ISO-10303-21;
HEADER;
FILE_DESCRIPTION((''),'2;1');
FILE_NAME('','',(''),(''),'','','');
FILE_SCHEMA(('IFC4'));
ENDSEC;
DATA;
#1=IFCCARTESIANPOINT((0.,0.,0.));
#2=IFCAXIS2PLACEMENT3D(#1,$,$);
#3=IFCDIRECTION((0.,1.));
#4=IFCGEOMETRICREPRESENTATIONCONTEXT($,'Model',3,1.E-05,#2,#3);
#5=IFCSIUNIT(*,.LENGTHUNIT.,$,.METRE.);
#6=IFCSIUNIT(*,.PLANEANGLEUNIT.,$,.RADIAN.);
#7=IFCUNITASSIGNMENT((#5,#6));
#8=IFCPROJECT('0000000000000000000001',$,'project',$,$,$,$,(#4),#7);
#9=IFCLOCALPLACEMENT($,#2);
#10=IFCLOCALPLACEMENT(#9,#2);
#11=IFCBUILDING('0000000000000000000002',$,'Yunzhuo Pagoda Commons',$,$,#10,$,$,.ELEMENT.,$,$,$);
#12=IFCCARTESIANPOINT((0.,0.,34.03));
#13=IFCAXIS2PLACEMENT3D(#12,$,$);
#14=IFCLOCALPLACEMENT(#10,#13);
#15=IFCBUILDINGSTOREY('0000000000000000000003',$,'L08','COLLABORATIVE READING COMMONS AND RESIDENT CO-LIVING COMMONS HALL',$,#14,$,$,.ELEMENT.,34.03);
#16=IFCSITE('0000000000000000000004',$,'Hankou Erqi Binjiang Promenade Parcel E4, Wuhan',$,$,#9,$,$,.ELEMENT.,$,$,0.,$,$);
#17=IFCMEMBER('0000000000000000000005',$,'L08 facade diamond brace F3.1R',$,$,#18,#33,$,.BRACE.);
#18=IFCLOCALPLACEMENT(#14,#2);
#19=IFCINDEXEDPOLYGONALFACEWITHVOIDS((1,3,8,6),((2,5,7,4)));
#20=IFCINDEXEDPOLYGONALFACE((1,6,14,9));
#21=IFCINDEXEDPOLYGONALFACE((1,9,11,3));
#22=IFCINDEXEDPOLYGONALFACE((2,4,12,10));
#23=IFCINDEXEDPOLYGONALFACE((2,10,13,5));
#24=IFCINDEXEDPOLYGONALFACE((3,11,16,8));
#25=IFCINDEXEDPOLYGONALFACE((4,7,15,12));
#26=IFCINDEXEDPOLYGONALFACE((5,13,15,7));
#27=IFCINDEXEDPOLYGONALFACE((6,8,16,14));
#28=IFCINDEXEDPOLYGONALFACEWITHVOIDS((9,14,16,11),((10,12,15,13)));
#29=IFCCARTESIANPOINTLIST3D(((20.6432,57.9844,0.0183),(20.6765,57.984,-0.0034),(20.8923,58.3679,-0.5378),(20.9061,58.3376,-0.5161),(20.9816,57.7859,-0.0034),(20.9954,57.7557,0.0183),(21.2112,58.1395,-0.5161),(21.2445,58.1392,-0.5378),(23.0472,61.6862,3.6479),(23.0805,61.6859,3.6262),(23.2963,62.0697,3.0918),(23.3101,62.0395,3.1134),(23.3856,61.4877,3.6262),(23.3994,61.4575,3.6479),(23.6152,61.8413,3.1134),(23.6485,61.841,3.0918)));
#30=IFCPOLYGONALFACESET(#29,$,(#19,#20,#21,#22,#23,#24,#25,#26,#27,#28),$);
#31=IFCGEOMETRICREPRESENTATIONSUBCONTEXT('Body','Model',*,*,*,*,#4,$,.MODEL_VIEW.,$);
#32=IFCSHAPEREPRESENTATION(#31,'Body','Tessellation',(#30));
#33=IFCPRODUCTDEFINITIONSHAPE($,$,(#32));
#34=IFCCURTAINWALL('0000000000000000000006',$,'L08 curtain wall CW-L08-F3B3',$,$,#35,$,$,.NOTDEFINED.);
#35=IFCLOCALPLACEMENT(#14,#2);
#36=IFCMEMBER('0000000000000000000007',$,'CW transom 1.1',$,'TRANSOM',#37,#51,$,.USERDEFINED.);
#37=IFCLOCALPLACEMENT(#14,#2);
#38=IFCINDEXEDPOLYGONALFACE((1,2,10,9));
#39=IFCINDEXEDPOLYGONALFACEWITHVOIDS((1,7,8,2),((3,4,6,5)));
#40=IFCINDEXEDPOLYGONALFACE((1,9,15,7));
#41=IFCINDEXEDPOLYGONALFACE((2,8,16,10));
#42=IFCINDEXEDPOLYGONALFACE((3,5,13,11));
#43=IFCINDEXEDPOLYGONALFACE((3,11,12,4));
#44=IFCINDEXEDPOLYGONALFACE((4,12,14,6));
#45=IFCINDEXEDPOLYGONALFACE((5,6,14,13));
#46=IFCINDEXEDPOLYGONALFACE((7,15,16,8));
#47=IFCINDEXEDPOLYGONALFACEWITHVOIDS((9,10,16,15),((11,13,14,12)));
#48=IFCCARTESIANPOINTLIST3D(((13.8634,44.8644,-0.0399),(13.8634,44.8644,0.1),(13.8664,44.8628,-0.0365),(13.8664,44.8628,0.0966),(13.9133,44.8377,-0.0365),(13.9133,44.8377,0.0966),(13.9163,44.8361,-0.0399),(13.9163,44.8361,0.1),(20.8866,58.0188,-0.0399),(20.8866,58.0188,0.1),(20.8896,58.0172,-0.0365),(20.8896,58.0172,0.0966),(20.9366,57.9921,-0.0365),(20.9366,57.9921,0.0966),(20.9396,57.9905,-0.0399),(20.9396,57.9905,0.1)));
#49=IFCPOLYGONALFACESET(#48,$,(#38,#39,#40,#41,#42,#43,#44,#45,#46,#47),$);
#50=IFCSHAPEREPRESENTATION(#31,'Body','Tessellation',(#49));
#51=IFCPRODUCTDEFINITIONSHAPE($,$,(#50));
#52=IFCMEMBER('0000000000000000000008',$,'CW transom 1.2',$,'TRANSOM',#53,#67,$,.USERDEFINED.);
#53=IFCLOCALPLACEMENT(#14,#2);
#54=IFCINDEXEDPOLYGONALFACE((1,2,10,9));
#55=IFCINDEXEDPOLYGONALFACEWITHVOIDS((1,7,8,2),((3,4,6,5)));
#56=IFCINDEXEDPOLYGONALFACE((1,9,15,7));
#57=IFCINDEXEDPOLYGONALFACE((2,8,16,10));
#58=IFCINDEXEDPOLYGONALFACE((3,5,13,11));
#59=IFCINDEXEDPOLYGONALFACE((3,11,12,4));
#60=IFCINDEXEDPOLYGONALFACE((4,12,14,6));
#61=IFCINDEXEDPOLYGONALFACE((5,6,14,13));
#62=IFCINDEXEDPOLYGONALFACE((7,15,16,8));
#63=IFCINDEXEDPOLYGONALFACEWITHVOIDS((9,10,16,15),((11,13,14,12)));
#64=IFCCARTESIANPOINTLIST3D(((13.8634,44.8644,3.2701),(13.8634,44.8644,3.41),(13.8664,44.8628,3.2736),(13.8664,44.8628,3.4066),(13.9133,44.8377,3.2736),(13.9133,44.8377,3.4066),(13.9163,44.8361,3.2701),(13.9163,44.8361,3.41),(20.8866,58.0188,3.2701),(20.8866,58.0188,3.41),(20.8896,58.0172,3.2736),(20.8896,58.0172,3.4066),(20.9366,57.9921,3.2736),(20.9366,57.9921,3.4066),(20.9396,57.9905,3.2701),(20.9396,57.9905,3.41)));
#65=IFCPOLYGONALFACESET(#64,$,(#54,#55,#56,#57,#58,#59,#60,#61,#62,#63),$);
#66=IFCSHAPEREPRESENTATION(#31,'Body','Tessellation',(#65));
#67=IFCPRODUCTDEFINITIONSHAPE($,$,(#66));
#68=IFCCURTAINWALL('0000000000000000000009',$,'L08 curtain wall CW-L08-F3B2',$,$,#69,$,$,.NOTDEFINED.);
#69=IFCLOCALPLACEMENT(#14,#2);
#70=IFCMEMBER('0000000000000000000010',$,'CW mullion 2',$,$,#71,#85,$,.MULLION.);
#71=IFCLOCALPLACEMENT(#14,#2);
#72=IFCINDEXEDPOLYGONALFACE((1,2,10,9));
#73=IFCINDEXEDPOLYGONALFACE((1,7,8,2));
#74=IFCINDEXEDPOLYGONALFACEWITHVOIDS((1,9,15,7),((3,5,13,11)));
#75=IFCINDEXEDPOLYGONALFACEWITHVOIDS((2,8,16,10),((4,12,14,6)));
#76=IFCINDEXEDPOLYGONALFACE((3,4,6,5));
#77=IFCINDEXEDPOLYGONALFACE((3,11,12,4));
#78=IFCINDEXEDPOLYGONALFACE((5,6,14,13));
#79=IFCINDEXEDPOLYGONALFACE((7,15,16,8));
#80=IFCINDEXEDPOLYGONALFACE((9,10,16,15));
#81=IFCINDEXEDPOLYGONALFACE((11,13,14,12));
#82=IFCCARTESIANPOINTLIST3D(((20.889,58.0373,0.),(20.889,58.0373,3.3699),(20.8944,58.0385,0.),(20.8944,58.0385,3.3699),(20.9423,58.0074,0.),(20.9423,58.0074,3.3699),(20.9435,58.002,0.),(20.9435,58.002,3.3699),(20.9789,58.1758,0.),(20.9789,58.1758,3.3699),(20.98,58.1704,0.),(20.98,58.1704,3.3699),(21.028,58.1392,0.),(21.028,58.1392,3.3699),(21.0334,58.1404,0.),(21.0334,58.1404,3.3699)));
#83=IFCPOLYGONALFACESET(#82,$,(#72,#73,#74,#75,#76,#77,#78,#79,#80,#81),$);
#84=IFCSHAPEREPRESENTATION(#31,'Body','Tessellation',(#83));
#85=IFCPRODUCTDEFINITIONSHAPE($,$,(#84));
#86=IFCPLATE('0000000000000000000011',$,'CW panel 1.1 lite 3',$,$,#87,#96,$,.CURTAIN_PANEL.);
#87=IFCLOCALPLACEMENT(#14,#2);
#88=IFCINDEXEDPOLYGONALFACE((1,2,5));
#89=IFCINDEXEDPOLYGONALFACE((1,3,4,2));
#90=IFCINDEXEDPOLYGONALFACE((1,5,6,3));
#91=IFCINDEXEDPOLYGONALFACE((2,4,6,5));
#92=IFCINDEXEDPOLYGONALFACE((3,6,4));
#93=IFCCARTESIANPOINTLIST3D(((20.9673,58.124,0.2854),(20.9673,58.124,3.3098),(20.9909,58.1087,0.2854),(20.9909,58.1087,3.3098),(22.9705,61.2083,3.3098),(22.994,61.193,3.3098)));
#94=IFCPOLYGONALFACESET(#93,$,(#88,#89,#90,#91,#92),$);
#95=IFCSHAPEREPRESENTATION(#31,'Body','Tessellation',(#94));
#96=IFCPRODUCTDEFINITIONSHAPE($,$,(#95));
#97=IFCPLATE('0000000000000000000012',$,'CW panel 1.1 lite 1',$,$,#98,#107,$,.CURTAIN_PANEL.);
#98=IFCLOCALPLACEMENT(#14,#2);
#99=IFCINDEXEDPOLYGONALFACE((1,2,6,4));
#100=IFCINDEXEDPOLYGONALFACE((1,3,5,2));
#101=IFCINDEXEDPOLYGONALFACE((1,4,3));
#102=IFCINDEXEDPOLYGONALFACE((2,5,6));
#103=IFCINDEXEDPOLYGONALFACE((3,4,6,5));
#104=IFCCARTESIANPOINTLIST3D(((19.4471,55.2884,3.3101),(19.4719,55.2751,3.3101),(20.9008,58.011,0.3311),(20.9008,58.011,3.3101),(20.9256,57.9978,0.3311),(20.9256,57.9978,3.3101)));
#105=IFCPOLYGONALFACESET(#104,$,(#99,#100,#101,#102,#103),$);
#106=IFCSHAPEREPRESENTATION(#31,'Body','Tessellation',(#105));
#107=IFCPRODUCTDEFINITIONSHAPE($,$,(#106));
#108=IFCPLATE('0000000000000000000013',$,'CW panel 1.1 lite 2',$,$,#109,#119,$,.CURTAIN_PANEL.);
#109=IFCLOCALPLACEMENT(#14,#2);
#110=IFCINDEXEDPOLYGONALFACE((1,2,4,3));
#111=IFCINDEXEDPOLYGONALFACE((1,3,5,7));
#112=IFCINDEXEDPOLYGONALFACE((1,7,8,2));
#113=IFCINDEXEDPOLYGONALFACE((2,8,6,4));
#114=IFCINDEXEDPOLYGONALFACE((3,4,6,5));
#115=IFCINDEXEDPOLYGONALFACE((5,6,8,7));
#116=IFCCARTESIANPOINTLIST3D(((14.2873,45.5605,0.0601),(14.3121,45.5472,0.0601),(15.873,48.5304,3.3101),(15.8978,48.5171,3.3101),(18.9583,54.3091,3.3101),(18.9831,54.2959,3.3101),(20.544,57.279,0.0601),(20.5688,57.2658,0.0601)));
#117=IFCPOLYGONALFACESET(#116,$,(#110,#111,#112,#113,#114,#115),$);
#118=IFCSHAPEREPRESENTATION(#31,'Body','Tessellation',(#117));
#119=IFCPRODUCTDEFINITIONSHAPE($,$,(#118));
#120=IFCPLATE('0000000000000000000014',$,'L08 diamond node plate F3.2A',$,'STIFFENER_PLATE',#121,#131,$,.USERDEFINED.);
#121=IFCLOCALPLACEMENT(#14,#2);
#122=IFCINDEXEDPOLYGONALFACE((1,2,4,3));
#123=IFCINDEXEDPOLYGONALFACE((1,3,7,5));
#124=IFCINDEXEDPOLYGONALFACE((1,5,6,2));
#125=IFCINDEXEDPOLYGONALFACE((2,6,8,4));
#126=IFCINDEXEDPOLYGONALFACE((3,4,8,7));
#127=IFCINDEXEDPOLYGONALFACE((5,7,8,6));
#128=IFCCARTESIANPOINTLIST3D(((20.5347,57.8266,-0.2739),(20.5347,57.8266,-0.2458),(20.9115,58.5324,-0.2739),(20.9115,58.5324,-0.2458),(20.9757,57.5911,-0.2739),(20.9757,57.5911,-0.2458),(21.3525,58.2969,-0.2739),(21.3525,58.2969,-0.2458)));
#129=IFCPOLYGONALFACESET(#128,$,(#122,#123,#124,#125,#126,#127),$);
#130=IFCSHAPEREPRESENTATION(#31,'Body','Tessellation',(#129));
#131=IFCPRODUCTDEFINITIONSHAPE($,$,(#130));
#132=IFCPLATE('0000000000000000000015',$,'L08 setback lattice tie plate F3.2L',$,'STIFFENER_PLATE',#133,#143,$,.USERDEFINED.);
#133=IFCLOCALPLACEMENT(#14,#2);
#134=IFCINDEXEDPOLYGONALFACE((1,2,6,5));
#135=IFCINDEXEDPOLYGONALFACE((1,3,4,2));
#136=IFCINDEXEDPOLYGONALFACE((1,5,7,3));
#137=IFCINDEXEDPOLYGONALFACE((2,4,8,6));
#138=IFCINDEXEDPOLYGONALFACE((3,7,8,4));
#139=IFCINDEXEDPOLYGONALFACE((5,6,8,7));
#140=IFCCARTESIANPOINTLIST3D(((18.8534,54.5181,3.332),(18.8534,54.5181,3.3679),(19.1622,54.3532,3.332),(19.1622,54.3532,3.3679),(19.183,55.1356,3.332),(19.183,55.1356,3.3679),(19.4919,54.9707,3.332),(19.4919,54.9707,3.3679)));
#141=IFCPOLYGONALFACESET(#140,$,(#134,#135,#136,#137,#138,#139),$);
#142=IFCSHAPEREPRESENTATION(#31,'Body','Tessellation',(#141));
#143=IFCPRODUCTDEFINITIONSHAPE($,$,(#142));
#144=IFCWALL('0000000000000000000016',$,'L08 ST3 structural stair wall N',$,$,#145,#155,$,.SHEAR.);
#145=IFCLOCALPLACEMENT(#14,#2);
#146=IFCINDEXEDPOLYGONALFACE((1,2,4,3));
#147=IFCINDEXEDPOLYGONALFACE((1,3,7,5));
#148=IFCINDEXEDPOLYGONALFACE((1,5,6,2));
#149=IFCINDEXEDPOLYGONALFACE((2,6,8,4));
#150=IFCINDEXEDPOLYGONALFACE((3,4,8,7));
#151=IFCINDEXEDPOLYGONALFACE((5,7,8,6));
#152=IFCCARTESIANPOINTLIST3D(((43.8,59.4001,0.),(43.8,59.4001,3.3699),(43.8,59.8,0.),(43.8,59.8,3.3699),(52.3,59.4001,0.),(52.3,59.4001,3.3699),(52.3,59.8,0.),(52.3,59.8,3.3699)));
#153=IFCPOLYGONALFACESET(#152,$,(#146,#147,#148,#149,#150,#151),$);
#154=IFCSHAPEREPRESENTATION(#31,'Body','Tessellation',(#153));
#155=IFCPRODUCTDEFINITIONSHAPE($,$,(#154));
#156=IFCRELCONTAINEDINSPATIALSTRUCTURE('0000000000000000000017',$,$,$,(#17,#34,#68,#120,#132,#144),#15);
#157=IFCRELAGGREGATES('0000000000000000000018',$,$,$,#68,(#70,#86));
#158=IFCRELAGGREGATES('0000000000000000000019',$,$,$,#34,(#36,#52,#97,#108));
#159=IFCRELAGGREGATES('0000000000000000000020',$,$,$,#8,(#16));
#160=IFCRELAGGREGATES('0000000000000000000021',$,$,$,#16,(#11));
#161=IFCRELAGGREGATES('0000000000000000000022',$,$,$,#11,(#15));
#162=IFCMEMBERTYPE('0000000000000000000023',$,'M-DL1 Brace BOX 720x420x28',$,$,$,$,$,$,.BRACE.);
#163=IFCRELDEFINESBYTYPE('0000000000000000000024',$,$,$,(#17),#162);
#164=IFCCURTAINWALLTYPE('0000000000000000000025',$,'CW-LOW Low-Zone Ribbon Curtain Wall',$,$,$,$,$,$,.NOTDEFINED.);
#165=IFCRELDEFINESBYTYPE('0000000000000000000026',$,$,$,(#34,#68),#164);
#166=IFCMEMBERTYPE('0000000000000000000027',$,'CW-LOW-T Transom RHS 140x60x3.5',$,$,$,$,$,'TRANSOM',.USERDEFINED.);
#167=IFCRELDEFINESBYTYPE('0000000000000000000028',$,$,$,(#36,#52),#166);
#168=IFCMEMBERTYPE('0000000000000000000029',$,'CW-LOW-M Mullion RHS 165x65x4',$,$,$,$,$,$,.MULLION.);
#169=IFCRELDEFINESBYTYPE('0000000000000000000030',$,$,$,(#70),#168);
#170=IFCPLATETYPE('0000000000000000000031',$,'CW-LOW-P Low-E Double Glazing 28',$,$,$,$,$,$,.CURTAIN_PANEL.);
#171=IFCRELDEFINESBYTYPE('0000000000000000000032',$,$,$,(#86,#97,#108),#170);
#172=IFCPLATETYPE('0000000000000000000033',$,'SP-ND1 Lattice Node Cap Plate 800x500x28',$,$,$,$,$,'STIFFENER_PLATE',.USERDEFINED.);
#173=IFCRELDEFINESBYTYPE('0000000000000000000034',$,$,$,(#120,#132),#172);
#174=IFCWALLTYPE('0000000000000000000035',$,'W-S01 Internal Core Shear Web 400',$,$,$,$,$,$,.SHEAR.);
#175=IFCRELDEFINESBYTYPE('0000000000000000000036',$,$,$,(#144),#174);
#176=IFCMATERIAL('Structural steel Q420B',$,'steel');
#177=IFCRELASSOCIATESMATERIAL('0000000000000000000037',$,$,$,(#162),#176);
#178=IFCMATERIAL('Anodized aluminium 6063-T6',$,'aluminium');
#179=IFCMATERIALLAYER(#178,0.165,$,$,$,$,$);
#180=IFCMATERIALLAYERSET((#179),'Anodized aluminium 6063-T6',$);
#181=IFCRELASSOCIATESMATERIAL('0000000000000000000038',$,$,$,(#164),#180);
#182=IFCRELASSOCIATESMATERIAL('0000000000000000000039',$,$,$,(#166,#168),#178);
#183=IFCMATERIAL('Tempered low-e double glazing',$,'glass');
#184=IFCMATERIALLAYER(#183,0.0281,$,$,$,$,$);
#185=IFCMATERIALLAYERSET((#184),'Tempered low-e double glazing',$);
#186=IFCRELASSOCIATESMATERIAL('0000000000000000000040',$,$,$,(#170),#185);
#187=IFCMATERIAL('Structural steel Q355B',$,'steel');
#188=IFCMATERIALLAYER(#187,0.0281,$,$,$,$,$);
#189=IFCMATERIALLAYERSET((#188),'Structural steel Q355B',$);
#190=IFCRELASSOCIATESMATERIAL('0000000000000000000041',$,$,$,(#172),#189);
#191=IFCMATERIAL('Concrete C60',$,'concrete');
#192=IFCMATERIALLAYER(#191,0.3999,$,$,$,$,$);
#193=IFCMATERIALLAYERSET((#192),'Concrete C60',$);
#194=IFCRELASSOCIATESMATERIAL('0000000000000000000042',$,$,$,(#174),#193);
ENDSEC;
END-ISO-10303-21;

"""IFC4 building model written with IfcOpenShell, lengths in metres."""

from ifc_helpers import new_model, si_unit, direction, frame, frame_2d, origin, origin_2d, place, context, subcontext, project, spatial, polyline, rectangle, hollow_rectangle, outline, extrude, source, transform, mapped, material, layer, layer_set, material_profile, profile_set, type_object, element, aggregate, save


model = new_model("IFC4")

# Units and contexts
model_context = context("Model", 3, precision=1e-05, world=origin(), true_north=direction((0.0, 1.0)))
body_context = subcontext(model_context, "Body", "Model", "MODEL_VIEW")
ifc_project = project(units=[si_unit("LENGTHUNIT", "METRE"), si_unit("PLANEANGLEUNIT", "RADIAN")], contexts=[model_context])

# Site, building, storey
site_placement = place(None, origin())
site = spatial("IfcSite", under=ifc_project, at=site_placement, Name="Hankou Erqi Binjiang Promenade Parcel E4, Wuhan", CompositionType="ELEMENT", RefElevation=0.0)
building_placement = place(site_placement, origin())
building = spatial("IfcBuilding", under=site, at=building_placement, Name="Yunzhuo Pagoda Commons", CompositionType="ELEMENT")
storey_placement = place(building_placement, frame((0.0, 0.0, 34.03)))
storey = spatial("IfcBuildingStorey", under=building, at=storey_placement, Name="L08", Description="COLLABORATIVE READING COMMONS AND RESIDENT CO-LIVING COMMONS HALL", CompositionType="ELEMENT", Elevation=34.03)

# Shared definitions
ifc_material_1 = material(Name="Structural steel Q420B", Category="steel")

# Shared definitions
ifc_material_2 = material(Name="Structural steel Q355B", Category="steel")

# Member
ifc_material_profile_1 = material_profile(ifc_material_1, hollow_rectangle(XDim=0.4199, YDim=0.72, WallThickness=0.0281, at=origin_2d()), Name="Structural steel Q420B")
ifc_profile_set_1 = profile_set([ifc_material_profile_1], Name="Structural steel Q420B")
member_type_1 = type_object("IfcMemberType", Name="M-DL1 Brace BOX 720x420x28", PredefinedType="BRACE", material=ifc_profile_set_1)
shared_shape_1 = source(origin(), body_context, "Body", "SweptSolid", [
    extrude(hollow_rectangle(XDim=0.4199, YDim=0.72, WallThickness=0.0281, at=origin_2d()), origin(), (0.0, 0.0, 1.0), 5.7146),
])
member_1_placement = place(storey_placement, frame((20.9438, 58.0618, -0.2598), z_axis=(0.420678, 0.647786, 0.63514), x_axis=(-0.83867, 0.54464, 0.0)))
element("IfcMember", 1, at=member_1_placement, inside=storey, type_object=member_type_1, Name="L08 facade diamond brace F3.1R", PredefinedType="BRACE", context=body_context, shape_type="MappedRepresentation", body=[
    mapped(shared_shape_1, transform((0.0, 0.0, 0.0), scale=1.0)),
])

# Curtain wall, members
ifc_material_3 = material(Name="Anodized aluminium 6063-T6", Category="aluminium")
ifc_layer_1 = layer(ifc_material_3, 0.165)
ifc_layer_set_1 = layer_set([ifc_layer_1], Name="Anodized aluminium 6063-T6")
curtain_wall_type = type_object("IfcCurtainWallType", Name="CW-LOW Low-Zone Ribbon Curtain Wall", PredefinedType="NOTDEFINED", material=ifc_layer_set_1)
curtain_wall_1_placement = place(storey_placement, origin())
curtain_wall_1 = element("IfcCurtainWall", 2, at=curtain_wall_1_placement, inside=storey, type_object=curtain_wall_type, Name="L08 curtain wall CW-L08-F3B3", PredefinedType="NOTDEFINED")
ifc_material_profile_2 = material_profile(ifc_material_3, hollow_rectangle(XDim=0.0601, YDim=0.1399, WallThickness=0.0034, at=origin_2d()), Name="Anodized aluminium 6063-T6")
ifc_profile_set_2 = profile_set([ifc_material_profile_2], Name="Anodized aluminium 6063-T6")
member_type_2 = type_object("IfcMemberType", Name="CW-LOW-T Transom RHS 140x60x3.5", ElementType="TRANSOM", PredefinedType="USERDEFINED", material=ifc_profile_set_2)
shared_shape_2 = source(origin(), body_context, "Body", "SweptSolid", [
    extrude(hollow_rectangle(XDim=0.0601, YDim=0.1399, WallThickness=0.0034, at=origin_2d()), origin(), (0.0, 0.0, 1.0), 14.9119),
])
member_2_placement = place(storey_placement, frame((20.9131, 58.0046, 0.03), z_axis=(-0.470983, -0.882142, 0.0), x_axis=(0.882142, -0.470983, 0.0)))
member_2 = element("IfcMember", 3, at=member_2_placement, type_object=member_type_2, Name="CW transom 1.1", ObjectType="TRANSOM", PredefinedType="USERDEFINED", context=body_context, shape_type="MappedRepresentation", body=[
    mapped(shared_shape_2, transform((0.0, 0.0, 0.0), scale=1.0)),
])
member_3_placement = place(storey_placement, frame((20.9131, 58.0046, 3.3401), z_axis=(-0.470983, -0.882142, 0.0), x_axis=(0.882142, -0.470983, 0.0)))
member_3 = element("IfcMember", 4, at=member_3_placement, type_object=member_type_2, Name="CW transom 1.2", ObjectType="TRANSOM", PredefinedType="USERDEFINED", context=body_context, shape_type="MappedRepresentation", body=[
    mapped(shared_shape_2, transform((0.0, 0.0, 0.0), scale=1.0)),
])

# Curtain wall, member, plate
curtain_wall_2_placement = place(storey_placement, origin())
curtain_wall_2 = element("IfcCurtainWall", 5, at=curtain_wall_2_placement, inside=storey, type_object=curtain_wall_type, Name="L08 curtain wall CW-L08-F3B2", PredefinedType="NOTDEFINED")
ifc_material_profile_3 = material_profile(ifc_material_3, hollow_rectangle(XDim=0.0649, YDim=0.165, WallThickness=0.0039, at=origin_2d()), Name="Anodized aluminium 6063-T6")
ifc_profile_set_3 = profile_set([ifc_material_profile_3], Name="Anodized aluminium 6063-T6")
member_type_3 = type_object("IfcMemberType", Name="CW-LOW-M Mullion RHS 165x65x4", PredefinedType="MULLION", material=ifc_profile_set_3)
shared_shape_3 = source(origin(), body_context, "Body", "SweptSolid", [
    extrude(hollow_rectangle(XDim=0.0649, YDim=0.165, WallThickness=0.0039, at=origin_2d()), origin(), (0.0, 0.0, 1.0), 3.3699),
])
member_4_placement = place(storey_placement, frame((20.9612, 58.0889, 0.0), z_axis=(0.0, 0.0, 1.0), x_axis=(0.838652, -0.544667, 0.0)))
member_4 = element("IfcMember", 6, at=member_4_placement, type_object=member_type_3, Name="CW mullion 2", PredefinedType="MULLION", context=body_context, shape_type="MappedRepresentation", body=[
    mapped(shared_shape_3, transform((0.0, 0.0, 0.0), scale=1.0)),
])
ifc_material_4 = material(Name="Tempered low-e double glazing", Category="glass")
ifc_layer_2 = layer(ifc_material_4, 0.0281)
ifc_layer_set_2 = layer_set([ifc_layer_2], Name="Tempered low-e double glazing")
plate_type_1 = type_object("IfcPlateType", Name="CW-LOW-P Low-E Double Glazing 28", PredefinedType="CURTAIN_PANEL", material=ifc_layer_set_2)
plate_1_placement = place(storey_placement, frame((21.9924, 59.6509, 1.7976), z_axis=(-0.838652, 0.544667, 0.0), x_axis=(-0.544667, -0.838652, 0.0)))
plate_1 = element("IfcPlate", 7, at=plate_1_placement, type_object=plate_type_1, Name="CW panel 1.1 lite 3", PredefinedType="CURTAIN_PANEL", context=body_context, shape_type="SweptSolid", body=[
    extrude(outline(polyline([(-1.8389, 1.5122), (1.8389, -1.5122), (1.8389, 1.5122), (-1.8389, 1.5122)])), origin(), (0.0, 0.0, 1.0), 0.0281),
])
aggregate(curtain_wall_2, [member_4, plate_1])

# Plates
plate_2_placement = place(storey_placement, frame((20.1987, 56.6365, 1.8206), z_axis=(-0.882141, 0.470985, 0.0), x_axis=(-0.470985, -0.882141, 0.0)))
plate_2 = element("IfcPlate", 8, at=plate_2_placement, type_object=plate_type_1, Name="CW panel 1.1 lite 1", PredefinedType="CURTAIN_PANEL", context=body_context, shape_type="SweptSolid", body=[
    extrude(outline(polyline([(-1.5432, -1.4895), (1.5432, 1.4895), (-1.5432, 1.4895), (-1.5432, -1.4895)])), origin(), (0.0, 0.0, 1.0), 0.0281),
])
plate_3_placement = place(storey_placement, frame((17.4404, 51.4065, 1.6851), z_axis=(-0.882141, 0.470985, 0.0), x_axis=(-0.470985, -0.882141, 0.0)))
plate_3 = element("IfcPlate", 9, at=plate_3_placement, type_object=plate_type_1, Name="CW panel 1.1 lite 2", PredefinedType="CURTAIN_PANEL", context=body_context, shape_type="SweptSolid", body=[
    extrude(outline(polyline([(-6.6421, -1.625), (6.6421, -1.625), (3.2754, 1.625), (-3.2754, 1.625), (-6.6421, -1.625)])), origin(), (0.0, 0.0, 1.0), 0.0281),
])
aggregate(curtain_wall_1, [member_2, member_3, plate_2, plate_3])

# Plates
ifc_layer_3 = layer(ifc_material_2, 0.0281)
ifc_layer_set_3 = layer_set([ifc_layer_3], Name="Structural steel Q355B")
plate_type_2 = type_object("IfcPlateType", Name="SP-ND1 Lattice Node Cap Plate 800x500x28", ElementType="STIFFENER_PLATE", PredefinedType="USERDEFINED", material=ifc_layer_set_3)
shared_shape_4 = source(origin(), body_context, "Body", "SweptSolid", [
    extrude(rectangle(XDim=0.8, YDim=0.5, at=origin_2d()), origin(), (0.0, 0.0, 1.0), 0.0281),
])
plate_4_placement = place(storey_placement, frame((20.9436, 58.0618, -0.2739), z_axis=(0.0, 0.0, 1.0), x_axis=(-0.470981, -0.882143, 0.0)))
element("IfcPlate", 10, at=plate_4_placement, inside=storey, type_object=plate_type_2, Name="L08 diamond node plate F3.2A", ObjectType="STIFFENER_PLATE", PredefinedType="USERDEFINED", context=body_context, shape_type="MappedRepresentation", body=[
    mapped(shared_shape_4, transform((0.0, 0.0, 0.0), scale=1.0)),
])
shared_shape_5 = source(origin(), body_context, "Body", "SweptSolid", [
    extrude(rectangle(XDim=0.7, YDim=0.3501, at=origin_2d()), origin(), (0.0, 0.0, 1.0), 0.0359),
])
plate_5_placement = place(storey_placement, frame((19.1726, 54.7444, 3.332), z_axis=(0.0, 0.0, 1.0), x_axis=(-0.470981, -0.882143, 0.0)))
element("IfcPlate", 11, at=plate_5_placement, inside=storey, type_object=plate_type_2, Name="L08 setback lattice tie plate F3.2L", ObjectType="STIFFENER_PLATE", PredefinedType="USERDEFINED", context=body_context, shape_type="MappedRepresentation", body=[
    mapped(shared_shape_5, transform((0.0, 0.0, 0.0), scale=1.0)),
])

# Wall
ifc_material_5 = material(Name="Concrete C60", Category="concrete")
ifc_layer_4 = layer(ifc_material_5, 0.3999)
ifc_layer_set_4 = layer_set([ifc_layer_4], Name="Concrete C60")
wall_type = type_object("IfcWallType", Name="W-S01 Internal Core Shear Web 400", PredefinedType="SHEAR", material=ifc_layer_set_4)
wall_1_placement = place(storey_placement, frame((43.8, 59.6001, 0.0), z_axis=(0.0, 0.0, 1.0), x_axis=(1.0, 0.0, 0.0)))
element("IfcWall", 12, at=wall_1_placement, inside=storey, type_object=wall_type, Name="L08 ST3 structural stair wall N", PredefinedType="SHEAR", context=body_context, shape_type="SweptSolid", body=[
    extrude(rectangle(XDim=8.5, YDim=0.3999, at=frame_2d((4.25, 0.0))), origin(), (0.0, 0.0, 1.0), 3.3699),
])

save(model, "model.ifc")
